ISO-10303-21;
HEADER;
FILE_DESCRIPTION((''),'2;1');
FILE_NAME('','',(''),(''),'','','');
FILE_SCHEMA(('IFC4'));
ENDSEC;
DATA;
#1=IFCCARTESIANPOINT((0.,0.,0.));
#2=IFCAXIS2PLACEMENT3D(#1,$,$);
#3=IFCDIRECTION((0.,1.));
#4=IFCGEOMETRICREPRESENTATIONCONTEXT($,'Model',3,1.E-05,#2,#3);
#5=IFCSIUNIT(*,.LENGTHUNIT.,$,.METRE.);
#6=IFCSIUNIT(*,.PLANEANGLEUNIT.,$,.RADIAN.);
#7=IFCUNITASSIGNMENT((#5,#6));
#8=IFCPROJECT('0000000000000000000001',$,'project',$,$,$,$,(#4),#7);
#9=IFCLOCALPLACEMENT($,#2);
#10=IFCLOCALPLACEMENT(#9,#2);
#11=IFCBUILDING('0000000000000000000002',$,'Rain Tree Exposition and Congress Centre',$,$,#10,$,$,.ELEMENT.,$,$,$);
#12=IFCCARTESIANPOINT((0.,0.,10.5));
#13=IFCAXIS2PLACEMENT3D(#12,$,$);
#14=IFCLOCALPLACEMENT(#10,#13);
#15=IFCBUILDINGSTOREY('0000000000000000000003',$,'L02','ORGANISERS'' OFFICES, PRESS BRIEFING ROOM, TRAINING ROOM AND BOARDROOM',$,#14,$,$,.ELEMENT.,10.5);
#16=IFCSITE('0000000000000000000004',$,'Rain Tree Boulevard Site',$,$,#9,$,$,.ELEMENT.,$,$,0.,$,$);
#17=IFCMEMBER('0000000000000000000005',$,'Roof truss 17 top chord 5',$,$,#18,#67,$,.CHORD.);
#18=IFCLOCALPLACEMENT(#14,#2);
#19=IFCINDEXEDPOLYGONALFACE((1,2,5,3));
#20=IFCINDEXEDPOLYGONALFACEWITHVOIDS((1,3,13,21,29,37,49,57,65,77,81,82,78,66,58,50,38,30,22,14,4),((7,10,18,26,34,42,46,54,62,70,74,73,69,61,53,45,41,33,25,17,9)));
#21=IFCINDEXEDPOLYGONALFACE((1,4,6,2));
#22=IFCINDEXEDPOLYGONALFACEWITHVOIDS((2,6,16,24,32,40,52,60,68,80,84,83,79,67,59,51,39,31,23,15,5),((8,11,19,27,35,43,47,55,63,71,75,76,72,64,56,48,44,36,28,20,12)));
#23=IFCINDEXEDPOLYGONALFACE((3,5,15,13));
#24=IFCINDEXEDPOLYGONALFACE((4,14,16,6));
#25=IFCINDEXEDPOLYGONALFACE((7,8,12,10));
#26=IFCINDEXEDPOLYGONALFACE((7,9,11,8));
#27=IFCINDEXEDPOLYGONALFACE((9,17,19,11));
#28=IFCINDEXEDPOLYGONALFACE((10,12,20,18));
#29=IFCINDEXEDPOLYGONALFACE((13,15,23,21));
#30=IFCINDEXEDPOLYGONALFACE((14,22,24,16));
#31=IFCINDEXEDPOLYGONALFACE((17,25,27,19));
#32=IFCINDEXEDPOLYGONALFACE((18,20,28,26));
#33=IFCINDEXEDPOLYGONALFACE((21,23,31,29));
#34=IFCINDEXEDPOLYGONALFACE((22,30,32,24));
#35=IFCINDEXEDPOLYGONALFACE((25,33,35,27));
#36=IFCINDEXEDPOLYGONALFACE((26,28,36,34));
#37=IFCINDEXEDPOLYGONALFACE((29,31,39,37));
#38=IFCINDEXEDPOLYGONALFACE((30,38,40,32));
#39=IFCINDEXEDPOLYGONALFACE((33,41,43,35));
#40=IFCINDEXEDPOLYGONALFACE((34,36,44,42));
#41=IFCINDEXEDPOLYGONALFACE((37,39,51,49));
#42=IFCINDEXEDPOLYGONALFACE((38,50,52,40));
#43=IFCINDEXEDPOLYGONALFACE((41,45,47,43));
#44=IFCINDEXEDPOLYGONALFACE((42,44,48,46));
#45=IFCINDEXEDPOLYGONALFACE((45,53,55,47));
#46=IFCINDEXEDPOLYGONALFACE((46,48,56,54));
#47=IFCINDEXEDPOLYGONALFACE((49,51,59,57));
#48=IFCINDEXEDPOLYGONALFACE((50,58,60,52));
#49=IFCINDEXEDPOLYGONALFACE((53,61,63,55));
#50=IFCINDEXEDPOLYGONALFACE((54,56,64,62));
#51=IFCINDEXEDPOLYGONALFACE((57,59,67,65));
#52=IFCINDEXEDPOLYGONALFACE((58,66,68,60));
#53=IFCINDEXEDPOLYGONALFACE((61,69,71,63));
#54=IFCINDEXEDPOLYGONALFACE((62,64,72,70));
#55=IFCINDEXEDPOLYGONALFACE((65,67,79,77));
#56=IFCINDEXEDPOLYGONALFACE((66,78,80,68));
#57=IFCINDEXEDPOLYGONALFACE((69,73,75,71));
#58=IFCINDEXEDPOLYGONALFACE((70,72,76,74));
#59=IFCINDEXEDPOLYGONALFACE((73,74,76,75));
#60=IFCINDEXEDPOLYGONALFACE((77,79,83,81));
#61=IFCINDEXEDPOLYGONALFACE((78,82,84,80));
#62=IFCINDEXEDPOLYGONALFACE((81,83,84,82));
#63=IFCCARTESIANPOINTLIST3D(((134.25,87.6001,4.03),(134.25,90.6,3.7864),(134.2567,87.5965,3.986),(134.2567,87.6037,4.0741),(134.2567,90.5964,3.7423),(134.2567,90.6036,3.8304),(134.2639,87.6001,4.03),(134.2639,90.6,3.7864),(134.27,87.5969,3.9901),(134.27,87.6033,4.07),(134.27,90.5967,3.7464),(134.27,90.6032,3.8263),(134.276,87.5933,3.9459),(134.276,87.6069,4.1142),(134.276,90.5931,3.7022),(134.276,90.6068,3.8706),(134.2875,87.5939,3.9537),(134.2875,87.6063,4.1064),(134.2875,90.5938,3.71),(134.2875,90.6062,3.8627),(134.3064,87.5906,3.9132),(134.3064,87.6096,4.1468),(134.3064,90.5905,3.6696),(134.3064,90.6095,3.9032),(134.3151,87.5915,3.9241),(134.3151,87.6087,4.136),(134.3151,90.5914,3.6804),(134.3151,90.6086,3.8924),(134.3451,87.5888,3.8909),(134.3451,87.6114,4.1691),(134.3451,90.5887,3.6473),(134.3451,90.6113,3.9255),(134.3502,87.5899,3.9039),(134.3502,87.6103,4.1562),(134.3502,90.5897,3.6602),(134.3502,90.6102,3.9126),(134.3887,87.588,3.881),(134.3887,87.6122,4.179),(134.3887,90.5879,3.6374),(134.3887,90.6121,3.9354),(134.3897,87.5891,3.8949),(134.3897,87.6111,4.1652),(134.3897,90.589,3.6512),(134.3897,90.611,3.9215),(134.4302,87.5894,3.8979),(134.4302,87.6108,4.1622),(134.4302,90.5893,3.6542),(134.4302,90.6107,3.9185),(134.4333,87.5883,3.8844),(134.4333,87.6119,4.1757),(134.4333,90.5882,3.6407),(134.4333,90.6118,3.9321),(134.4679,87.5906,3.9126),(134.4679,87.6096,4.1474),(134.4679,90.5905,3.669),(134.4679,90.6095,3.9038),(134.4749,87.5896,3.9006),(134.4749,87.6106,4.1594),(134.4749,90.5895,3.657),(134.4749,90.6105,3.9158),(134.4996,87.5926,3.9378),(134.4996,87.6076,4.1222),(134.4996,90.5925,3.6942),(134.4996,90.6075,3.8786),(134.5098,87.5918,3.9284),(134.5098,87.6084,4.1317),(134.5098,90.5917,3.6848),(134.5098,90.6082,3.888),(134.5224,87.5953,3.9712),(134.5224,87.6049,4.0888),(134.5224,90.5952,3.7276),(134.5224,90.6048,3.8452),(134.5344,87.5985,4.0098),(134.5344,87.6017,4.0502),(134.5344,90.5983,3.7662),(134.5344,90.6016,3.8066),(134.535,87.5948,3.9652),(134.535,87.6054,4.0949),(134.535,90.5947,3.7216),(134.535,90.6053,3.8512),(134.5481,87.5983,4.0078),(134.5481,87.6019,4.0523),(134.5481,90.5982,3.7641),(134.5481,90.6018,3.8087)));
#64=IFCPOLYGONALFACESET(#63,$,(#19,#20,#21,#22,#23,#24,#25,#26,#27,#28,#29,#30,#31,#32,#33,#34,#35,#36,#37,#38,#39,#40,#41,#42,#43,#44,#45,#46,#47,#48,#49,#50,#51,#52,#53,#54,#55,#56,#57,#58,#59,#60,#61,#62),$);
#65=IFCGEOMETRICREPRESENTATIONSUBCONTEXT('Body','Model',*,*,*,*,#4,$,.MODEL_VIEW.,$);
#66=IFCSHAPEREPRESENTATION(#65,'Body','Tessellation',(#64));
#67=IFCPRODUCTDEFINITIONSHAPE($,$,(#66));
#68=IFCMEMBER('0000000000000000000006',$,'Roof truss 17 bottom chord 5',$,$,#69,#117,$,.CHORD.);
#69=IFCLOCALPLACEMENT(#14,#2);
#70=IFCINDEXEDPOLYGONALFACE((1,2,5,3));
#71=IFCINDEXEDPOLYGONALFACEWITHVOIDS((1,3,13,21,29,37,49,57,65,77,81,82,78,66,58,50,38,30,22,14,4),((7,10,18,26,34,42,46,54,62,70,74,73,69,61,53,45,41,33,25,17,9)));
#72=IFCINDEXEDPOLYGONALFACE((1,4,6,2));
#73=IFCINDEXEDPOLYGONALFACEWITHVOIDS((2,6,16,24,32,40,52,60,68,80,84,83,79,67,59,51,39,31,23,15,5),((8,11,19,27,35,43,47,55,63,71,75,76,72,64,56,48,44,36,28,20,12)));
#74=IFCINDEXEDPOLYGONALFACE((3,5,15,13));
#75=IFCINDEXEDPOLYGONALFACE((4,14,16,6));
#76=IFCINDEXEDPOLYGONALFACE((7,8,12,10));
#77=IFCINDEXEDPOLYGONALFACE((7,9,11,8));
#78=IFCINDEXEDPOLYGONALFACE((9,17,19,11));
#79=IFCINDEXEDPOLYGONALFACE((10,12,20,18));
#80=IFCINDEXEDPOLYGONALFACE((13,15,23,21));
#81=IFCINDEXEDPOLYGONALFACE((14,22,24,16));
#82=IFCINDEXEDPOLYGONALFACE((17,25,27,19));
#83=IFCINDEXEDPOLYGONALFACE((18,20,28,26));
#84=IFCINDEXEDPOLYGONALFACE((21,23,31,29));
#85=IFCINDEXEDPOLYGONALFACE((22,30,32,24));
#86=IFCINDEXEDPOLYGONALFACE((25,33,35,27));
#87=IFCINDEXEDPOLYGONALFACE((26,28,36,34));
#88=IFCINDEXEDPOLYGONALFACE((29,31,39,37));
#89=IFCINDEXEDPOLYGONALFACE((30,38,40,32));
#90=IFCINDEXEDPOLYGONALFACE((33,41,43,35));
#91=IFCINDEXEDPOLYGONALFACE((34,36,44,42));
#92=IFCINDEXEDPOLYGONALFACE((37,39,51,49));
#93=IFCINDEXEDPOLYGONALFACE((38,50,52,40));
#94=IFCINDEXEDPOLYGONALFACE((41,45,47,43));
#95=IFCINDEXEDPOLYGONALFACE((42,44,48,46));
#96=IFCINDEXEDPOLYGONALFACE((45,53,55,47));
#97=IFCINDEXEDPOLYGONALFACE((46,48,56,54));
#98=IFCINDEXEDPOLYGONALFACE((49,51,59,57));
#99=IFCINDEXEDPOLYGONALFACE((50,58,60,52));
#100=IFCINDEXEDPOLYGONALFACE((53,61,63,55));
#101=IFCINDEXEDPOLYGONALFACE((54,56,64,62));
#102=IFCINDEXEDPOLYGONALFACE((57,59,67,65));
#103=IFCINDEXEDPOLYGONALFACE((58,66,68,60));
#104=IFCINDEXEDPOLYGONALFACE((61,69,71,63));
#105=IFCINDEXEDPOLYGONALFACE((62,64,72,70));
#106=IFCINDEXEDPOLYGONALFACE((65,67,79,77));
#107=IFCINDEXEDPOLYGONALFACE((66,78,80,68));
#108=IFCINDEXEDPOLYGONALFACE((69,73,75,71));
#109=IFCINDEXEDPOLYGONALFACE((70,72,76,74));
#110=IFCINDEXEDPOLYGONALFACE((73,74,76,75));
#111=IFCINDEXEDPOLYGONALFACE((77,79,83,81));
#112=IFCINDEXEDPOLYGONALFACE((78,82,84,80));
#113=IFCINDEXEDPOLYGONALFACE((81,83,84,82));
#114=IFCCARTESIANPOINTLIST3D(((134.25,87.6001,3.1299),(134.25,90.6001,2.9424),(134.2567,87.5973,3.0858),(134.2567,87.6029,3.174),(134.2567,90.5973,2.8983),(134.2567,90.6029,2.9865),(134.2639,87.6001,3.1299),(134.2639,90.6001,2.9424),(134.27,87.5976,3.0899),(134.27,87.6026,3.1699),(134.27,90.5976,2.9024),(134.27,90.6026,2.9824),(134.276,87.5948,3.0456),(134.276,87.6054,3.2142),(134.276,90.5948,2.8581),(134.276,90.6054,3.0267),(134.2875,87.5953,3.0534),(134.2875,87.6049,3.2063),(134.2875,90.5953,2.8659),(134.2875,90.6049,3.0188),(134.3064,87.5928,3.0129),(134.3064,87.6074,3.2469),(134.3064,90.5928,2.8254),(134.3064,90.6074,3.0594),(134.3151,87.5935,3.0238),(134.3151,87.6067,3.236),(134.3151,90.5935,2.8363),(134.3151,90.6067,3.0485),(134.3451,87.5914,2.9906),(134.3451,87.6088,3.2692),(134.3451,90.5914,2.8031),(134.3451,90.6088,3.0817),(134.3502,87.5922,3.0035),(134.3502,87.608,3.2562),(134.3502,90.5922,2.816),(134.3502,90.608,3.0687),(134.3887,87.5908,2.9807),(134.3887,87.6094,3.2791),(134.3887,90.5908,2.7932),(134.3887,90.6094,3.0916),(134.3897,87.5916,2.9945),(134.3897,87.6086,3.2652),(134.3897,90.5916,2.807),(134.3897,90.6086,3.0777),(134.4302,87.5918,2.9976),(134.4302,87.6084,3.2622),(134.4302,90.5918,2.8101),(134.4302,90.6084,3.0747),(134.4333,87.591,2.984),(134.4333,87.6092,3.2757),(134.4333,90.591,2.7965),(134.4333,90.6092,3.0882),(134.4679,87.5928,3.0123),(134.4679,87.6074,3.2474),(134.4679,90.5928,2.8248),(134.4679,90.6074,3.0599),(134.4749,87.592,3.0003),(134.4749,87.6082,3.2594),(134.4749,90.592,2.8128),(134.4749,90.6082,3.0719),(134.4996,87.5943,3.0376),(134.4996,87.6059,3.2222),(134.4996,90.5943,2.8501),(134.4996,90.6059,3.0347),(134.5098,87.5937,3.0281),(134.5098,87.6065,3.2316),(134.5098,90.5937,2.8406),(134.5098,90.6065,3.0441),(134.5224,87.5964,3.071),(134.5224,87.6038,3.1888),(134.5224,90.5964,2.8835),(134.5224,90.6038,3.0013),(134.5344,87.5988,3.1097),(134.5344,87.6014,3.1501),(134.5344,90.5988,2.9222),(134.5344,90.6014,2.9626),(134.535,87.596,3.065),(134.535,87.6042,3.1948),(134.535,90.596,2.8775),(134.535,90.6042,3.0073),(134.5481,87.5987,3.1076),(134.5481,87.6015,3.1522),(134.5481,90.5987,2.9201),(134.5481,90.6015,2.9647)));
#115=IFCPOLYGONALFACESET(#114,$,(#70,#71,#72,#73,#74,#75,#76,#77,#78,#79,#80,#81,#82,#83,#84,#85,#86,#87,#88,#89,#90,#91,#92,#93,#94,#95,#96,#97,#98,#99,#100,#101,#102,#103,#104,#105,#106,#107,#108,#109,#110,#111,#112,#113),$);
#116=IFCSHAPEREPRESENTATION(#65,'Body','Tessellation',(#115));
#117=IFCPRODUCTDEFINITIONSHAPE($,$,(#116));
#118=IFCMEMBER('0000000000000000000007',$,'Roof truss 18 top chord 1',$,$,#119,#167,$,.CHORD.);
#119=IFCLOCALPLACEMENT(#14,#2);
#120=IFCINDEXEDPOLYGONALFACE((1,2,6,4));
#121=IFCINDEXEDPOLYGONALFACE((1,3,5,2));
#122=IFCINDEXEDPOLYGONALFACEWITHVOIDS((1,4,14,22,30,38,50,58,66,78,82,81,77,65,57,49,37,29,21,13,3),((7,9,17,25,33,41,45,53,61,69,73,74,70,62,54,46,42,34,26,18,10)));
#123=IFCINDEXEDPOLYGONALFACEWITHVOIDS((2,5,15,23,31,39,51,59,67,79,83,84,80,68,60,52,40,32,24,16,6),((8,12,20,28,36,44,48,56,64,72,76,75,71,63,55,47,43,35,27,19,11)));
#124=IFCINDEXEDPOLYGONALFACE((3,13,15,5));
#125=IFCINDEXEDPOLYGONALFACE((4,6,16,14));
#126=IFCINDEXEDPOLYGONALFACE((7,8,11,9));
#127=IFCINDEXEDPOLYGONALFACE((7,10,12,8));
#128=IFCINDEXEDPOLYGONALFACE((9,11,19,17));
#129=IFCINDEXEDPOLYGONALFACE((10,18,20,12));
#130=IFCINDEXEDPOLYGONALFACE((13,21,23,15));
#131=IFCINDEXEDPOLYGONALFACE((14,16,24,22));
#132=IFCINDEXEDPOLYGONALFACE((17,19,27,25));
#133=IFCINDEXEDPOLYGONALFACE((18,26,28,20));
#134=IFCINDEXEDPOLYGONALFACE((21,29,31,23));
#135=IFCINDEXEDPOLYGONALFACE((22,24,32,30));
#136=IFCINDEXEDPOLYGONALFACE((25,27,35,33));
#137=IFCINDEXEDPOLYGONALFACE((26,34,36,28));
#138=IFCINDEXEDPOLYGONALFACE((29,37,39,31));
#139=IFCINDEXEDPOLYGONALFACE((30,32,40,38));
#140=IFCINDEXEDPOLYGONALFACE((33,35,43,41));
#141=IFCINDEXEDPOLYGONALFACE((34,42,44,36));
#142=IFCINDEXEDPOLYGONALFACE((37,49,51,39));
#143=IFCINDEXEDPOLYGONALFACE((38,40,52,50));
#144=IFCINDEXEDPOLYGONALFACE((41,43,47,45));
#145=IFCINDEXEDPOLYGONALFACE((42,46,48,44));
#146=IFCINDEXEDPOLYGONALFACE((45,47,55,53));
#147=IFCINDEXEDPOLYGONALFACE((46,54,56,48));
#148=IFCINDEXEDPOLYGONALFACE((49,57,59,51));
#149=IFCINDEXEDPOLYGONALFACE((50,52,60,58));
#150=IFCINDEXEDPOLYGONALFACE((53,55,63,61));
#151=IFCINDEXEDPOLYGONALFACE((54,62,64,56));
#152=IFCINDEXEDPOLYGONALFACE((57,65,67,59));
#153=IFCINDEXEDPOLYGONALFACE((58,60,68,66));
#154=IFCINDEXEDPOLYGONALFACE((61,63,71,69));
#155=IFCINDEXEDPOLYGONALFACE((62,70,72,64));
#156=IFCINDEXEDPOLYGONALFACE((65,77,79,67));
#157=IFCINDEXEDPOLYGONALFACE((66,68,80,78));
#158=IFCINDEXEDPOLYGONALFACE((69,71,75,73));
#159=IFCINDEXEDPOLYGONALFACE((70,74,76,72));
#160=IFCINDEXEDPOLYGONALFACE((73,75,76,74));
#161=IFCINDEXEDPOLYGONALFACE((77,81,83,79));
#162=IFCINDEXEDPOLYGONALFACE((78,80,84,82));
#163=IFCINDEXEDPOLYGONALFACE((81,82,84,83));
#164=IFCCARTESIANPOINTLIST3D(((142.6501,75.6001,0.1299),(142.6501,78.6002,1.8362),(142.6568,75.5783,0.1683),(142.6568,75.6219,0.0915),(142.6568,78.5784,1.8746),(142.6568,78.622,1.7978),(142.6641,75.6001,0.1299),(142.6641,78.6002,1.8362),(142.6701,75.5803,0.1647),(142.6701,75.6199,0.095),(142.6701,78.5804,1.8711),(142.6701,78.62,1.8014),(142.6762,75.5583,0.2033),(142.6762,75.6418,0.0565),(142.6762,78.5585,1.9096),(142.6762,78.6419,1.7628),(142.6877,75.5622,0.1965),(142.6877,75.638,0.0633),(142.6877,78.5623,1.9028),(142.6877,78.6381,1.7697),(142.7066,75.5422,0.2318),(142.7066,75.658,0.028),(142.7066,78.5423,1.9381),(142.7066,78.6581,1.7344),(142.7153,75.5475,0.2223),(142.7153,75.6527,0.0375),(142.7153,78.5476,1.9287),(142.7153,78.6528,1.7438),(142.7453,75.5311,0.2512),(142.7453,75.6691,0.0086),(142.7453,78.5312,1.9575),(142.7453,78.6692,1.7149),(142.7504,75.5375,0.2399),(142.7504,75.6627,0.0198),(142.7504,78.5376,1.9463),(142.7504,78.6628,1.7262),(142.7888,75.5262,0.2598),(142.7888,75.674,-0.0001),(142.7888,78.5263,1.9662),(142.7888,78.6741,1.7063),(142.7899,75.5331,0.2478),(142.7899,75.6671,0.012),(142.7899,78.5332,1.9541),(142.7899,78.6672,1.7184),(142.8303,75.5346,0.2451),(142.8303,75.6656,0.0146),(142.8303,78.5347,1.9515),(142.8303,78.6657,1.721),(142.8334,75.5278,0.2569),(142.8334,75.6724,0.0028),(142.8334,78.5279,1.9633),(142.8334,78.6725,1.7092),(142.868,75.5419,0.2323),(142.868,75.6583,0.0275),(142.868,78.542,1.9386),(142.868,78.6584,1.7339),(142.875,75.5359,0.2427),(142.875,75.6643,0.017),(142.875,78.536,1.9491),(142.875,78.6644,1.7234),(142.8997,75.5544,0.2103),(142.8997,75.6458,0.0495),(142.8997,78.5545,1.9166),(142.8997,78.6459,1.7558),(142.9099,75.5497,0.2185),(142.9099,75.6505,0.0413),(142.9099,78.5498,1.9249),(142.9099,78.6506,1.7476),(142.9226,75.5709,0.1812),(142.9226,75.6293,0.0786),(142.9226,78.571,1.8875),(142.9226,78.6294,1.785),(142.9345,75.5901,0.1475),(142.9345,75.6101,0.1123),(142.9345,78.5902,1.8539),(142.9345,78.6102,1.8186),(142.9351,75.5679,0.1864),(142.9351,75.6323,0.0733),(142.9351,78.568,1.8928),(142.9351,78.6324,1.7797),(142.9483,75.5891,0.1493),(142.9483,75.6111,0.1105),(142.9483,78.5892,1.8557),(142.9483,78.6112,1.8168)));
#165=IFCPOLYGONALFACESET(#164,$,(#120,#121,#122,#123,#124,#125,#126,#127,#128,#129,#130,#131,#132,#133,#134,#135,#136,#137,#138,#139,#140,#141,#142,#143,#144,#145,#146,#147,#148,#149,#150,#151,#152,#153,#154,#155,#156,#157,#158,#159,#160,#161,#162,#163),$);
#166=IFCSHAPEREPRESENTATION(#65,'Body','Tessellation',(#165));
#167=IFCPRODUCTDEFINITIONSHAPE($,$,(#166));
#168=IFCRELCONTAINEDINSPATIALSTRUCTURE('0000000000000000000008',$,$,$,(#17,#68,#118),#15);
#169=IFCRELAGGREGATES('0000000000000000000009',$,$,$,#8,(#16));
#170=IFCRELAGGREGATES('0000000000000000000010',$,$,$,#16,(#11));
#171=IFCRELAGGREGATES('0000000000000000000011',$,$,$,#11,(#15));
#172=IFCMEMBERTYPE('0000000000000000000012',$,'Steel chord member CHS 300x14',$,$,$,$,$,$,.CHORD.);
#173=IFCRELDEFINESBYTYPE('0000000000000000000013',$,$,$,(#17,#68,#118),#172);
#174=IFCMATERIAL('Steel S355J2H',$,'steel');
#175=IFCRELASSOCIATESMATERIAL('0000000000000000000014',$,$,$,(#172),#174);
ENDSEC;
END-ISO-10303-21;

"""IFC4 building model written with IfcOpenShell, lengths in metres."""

from ifc_helpers import new_model, si_unit, direction, frame, origin, origin_2d, place, context, subcontext, project, spatial, hollow_circle, extrude, material, material_profile, profile_set, type_object, element, save


model = new_model("IFC4")

# Units and contexts
model_context = context("Model", 3, precision=1e-05, world=origin(), true_north=direction((0.0, 1.0)))
body_context = subcontext(model_context, "Body", "Model", "MODEL_VIEW")
ifc_project = project(units=[si_unit("LENGTHUNIT", "METRE"), si_unit("PLANEANGLEUNIT", "RADIAN")], contexts=[model_context])

# Site, building, storey
site_placement = place(None, origin())
site = spatial("IfcSite", under=ifc_project, at=site_placement, Name="Rain Tree Boulevard Site", CompositionType="ELEMENT", RefElevation=0.0)
building_placement = place(site_placement, origin())
building = spatial("IfcBuilding", under=site, at=building_placement, Name="Rain Tree Exposition and Congress Centre", CompositionType="ELEMENT")
storey_placement = place(building_placement, frame((0.0, 0.0, 10.5)))
storey = spatial("IfcBuildingStorey", under=building, at=storey_placement, Name="L02", Description="ORGANISERS' OFFICES, PRESS BRIEFING ROOM, TRAINING ROOM AND BOARDROOM", CompositionType="ELEMENT", Elevation=10.5)

# Members
ifc_material_1 = material(Name="Steel S355J2H", Category="steel")
ifc_material_profile_1 = material_profile(ifc_material_1, hollow_circle(Radius=0.1499, WallThickness=0.0139, at=origin_2d()), Name="CHS 300x14")
ifc_profile_set_1 = profile_set([ifc_material_profile_1], Name="Steel S355J2H")
member_type_1 = type_object("IfcMemberType", Name="Steel chord member CHS 300x14", PredefinedType="CHORD", material=ifc_profile_set_1)
member_1_placement = place(storey_placement, frame((134.3999, 87.6001, 4.03), z_axis=(0.0, 0.996718, -0.080951), x_axis=(-1.0, 0.0, 0.0)))
element("IfcMember", 1, at=member_1_placement, inside=storey, type_object=member_type_1, Name="Roof truss 17 top chord 5", PredefinedType="CHORD", context=body_context, shape_type="SweptSolid", body=[
    extrude(hollow_circle(Radius=0.1499, WallThickness=0.0139, at=origin_2d()), origin(), (0.0, 0.0, 1.0), 3.0098),
])
member_2_placement = place(storey_placement, frame((134.3999, 87.6001, 3.1299), z_axis=(0.0, 0.998053, -0.062378), x_axis=(-1.0, 0.0, 0.0)))
element("IfcMember", 2, at=member_2_placement, inside=storey, type_object=member_type_1, Name="Roof truss 17 bottom chord 5", PredefinedType="CHORD", context=body_context, shape_type="SweptSolid", body=[
    extrude(hollow_circle(Radius=0.1499, WallThickness=0.0139, at=origin_2d()), origin(), (0.0, 0.0, 1.0), 3.0059),
])
member_3_placement = place(storey_placement, frame((142.8, 75.6001, 0.1299), z_axis=(0.0, 0.869238, 0.494393), x_axis=(-1.0, 0.0, 0.0)))
element("IfcMember", 3, at=member_3_placement, inside=storey, type_object=member_type_1, Name="Roof truss 18 top chord 1", PredefinedType="CHORD", context=body_context, shape_type="SweptSolid", body=[
    extrude(hollow_circle(Radius=0.1499, WallThickness=0.0139, at=origin_2d()), origin(), (0.0, 0.0, 1.0), 3.4514),
])

save(model, "model.ifc")
